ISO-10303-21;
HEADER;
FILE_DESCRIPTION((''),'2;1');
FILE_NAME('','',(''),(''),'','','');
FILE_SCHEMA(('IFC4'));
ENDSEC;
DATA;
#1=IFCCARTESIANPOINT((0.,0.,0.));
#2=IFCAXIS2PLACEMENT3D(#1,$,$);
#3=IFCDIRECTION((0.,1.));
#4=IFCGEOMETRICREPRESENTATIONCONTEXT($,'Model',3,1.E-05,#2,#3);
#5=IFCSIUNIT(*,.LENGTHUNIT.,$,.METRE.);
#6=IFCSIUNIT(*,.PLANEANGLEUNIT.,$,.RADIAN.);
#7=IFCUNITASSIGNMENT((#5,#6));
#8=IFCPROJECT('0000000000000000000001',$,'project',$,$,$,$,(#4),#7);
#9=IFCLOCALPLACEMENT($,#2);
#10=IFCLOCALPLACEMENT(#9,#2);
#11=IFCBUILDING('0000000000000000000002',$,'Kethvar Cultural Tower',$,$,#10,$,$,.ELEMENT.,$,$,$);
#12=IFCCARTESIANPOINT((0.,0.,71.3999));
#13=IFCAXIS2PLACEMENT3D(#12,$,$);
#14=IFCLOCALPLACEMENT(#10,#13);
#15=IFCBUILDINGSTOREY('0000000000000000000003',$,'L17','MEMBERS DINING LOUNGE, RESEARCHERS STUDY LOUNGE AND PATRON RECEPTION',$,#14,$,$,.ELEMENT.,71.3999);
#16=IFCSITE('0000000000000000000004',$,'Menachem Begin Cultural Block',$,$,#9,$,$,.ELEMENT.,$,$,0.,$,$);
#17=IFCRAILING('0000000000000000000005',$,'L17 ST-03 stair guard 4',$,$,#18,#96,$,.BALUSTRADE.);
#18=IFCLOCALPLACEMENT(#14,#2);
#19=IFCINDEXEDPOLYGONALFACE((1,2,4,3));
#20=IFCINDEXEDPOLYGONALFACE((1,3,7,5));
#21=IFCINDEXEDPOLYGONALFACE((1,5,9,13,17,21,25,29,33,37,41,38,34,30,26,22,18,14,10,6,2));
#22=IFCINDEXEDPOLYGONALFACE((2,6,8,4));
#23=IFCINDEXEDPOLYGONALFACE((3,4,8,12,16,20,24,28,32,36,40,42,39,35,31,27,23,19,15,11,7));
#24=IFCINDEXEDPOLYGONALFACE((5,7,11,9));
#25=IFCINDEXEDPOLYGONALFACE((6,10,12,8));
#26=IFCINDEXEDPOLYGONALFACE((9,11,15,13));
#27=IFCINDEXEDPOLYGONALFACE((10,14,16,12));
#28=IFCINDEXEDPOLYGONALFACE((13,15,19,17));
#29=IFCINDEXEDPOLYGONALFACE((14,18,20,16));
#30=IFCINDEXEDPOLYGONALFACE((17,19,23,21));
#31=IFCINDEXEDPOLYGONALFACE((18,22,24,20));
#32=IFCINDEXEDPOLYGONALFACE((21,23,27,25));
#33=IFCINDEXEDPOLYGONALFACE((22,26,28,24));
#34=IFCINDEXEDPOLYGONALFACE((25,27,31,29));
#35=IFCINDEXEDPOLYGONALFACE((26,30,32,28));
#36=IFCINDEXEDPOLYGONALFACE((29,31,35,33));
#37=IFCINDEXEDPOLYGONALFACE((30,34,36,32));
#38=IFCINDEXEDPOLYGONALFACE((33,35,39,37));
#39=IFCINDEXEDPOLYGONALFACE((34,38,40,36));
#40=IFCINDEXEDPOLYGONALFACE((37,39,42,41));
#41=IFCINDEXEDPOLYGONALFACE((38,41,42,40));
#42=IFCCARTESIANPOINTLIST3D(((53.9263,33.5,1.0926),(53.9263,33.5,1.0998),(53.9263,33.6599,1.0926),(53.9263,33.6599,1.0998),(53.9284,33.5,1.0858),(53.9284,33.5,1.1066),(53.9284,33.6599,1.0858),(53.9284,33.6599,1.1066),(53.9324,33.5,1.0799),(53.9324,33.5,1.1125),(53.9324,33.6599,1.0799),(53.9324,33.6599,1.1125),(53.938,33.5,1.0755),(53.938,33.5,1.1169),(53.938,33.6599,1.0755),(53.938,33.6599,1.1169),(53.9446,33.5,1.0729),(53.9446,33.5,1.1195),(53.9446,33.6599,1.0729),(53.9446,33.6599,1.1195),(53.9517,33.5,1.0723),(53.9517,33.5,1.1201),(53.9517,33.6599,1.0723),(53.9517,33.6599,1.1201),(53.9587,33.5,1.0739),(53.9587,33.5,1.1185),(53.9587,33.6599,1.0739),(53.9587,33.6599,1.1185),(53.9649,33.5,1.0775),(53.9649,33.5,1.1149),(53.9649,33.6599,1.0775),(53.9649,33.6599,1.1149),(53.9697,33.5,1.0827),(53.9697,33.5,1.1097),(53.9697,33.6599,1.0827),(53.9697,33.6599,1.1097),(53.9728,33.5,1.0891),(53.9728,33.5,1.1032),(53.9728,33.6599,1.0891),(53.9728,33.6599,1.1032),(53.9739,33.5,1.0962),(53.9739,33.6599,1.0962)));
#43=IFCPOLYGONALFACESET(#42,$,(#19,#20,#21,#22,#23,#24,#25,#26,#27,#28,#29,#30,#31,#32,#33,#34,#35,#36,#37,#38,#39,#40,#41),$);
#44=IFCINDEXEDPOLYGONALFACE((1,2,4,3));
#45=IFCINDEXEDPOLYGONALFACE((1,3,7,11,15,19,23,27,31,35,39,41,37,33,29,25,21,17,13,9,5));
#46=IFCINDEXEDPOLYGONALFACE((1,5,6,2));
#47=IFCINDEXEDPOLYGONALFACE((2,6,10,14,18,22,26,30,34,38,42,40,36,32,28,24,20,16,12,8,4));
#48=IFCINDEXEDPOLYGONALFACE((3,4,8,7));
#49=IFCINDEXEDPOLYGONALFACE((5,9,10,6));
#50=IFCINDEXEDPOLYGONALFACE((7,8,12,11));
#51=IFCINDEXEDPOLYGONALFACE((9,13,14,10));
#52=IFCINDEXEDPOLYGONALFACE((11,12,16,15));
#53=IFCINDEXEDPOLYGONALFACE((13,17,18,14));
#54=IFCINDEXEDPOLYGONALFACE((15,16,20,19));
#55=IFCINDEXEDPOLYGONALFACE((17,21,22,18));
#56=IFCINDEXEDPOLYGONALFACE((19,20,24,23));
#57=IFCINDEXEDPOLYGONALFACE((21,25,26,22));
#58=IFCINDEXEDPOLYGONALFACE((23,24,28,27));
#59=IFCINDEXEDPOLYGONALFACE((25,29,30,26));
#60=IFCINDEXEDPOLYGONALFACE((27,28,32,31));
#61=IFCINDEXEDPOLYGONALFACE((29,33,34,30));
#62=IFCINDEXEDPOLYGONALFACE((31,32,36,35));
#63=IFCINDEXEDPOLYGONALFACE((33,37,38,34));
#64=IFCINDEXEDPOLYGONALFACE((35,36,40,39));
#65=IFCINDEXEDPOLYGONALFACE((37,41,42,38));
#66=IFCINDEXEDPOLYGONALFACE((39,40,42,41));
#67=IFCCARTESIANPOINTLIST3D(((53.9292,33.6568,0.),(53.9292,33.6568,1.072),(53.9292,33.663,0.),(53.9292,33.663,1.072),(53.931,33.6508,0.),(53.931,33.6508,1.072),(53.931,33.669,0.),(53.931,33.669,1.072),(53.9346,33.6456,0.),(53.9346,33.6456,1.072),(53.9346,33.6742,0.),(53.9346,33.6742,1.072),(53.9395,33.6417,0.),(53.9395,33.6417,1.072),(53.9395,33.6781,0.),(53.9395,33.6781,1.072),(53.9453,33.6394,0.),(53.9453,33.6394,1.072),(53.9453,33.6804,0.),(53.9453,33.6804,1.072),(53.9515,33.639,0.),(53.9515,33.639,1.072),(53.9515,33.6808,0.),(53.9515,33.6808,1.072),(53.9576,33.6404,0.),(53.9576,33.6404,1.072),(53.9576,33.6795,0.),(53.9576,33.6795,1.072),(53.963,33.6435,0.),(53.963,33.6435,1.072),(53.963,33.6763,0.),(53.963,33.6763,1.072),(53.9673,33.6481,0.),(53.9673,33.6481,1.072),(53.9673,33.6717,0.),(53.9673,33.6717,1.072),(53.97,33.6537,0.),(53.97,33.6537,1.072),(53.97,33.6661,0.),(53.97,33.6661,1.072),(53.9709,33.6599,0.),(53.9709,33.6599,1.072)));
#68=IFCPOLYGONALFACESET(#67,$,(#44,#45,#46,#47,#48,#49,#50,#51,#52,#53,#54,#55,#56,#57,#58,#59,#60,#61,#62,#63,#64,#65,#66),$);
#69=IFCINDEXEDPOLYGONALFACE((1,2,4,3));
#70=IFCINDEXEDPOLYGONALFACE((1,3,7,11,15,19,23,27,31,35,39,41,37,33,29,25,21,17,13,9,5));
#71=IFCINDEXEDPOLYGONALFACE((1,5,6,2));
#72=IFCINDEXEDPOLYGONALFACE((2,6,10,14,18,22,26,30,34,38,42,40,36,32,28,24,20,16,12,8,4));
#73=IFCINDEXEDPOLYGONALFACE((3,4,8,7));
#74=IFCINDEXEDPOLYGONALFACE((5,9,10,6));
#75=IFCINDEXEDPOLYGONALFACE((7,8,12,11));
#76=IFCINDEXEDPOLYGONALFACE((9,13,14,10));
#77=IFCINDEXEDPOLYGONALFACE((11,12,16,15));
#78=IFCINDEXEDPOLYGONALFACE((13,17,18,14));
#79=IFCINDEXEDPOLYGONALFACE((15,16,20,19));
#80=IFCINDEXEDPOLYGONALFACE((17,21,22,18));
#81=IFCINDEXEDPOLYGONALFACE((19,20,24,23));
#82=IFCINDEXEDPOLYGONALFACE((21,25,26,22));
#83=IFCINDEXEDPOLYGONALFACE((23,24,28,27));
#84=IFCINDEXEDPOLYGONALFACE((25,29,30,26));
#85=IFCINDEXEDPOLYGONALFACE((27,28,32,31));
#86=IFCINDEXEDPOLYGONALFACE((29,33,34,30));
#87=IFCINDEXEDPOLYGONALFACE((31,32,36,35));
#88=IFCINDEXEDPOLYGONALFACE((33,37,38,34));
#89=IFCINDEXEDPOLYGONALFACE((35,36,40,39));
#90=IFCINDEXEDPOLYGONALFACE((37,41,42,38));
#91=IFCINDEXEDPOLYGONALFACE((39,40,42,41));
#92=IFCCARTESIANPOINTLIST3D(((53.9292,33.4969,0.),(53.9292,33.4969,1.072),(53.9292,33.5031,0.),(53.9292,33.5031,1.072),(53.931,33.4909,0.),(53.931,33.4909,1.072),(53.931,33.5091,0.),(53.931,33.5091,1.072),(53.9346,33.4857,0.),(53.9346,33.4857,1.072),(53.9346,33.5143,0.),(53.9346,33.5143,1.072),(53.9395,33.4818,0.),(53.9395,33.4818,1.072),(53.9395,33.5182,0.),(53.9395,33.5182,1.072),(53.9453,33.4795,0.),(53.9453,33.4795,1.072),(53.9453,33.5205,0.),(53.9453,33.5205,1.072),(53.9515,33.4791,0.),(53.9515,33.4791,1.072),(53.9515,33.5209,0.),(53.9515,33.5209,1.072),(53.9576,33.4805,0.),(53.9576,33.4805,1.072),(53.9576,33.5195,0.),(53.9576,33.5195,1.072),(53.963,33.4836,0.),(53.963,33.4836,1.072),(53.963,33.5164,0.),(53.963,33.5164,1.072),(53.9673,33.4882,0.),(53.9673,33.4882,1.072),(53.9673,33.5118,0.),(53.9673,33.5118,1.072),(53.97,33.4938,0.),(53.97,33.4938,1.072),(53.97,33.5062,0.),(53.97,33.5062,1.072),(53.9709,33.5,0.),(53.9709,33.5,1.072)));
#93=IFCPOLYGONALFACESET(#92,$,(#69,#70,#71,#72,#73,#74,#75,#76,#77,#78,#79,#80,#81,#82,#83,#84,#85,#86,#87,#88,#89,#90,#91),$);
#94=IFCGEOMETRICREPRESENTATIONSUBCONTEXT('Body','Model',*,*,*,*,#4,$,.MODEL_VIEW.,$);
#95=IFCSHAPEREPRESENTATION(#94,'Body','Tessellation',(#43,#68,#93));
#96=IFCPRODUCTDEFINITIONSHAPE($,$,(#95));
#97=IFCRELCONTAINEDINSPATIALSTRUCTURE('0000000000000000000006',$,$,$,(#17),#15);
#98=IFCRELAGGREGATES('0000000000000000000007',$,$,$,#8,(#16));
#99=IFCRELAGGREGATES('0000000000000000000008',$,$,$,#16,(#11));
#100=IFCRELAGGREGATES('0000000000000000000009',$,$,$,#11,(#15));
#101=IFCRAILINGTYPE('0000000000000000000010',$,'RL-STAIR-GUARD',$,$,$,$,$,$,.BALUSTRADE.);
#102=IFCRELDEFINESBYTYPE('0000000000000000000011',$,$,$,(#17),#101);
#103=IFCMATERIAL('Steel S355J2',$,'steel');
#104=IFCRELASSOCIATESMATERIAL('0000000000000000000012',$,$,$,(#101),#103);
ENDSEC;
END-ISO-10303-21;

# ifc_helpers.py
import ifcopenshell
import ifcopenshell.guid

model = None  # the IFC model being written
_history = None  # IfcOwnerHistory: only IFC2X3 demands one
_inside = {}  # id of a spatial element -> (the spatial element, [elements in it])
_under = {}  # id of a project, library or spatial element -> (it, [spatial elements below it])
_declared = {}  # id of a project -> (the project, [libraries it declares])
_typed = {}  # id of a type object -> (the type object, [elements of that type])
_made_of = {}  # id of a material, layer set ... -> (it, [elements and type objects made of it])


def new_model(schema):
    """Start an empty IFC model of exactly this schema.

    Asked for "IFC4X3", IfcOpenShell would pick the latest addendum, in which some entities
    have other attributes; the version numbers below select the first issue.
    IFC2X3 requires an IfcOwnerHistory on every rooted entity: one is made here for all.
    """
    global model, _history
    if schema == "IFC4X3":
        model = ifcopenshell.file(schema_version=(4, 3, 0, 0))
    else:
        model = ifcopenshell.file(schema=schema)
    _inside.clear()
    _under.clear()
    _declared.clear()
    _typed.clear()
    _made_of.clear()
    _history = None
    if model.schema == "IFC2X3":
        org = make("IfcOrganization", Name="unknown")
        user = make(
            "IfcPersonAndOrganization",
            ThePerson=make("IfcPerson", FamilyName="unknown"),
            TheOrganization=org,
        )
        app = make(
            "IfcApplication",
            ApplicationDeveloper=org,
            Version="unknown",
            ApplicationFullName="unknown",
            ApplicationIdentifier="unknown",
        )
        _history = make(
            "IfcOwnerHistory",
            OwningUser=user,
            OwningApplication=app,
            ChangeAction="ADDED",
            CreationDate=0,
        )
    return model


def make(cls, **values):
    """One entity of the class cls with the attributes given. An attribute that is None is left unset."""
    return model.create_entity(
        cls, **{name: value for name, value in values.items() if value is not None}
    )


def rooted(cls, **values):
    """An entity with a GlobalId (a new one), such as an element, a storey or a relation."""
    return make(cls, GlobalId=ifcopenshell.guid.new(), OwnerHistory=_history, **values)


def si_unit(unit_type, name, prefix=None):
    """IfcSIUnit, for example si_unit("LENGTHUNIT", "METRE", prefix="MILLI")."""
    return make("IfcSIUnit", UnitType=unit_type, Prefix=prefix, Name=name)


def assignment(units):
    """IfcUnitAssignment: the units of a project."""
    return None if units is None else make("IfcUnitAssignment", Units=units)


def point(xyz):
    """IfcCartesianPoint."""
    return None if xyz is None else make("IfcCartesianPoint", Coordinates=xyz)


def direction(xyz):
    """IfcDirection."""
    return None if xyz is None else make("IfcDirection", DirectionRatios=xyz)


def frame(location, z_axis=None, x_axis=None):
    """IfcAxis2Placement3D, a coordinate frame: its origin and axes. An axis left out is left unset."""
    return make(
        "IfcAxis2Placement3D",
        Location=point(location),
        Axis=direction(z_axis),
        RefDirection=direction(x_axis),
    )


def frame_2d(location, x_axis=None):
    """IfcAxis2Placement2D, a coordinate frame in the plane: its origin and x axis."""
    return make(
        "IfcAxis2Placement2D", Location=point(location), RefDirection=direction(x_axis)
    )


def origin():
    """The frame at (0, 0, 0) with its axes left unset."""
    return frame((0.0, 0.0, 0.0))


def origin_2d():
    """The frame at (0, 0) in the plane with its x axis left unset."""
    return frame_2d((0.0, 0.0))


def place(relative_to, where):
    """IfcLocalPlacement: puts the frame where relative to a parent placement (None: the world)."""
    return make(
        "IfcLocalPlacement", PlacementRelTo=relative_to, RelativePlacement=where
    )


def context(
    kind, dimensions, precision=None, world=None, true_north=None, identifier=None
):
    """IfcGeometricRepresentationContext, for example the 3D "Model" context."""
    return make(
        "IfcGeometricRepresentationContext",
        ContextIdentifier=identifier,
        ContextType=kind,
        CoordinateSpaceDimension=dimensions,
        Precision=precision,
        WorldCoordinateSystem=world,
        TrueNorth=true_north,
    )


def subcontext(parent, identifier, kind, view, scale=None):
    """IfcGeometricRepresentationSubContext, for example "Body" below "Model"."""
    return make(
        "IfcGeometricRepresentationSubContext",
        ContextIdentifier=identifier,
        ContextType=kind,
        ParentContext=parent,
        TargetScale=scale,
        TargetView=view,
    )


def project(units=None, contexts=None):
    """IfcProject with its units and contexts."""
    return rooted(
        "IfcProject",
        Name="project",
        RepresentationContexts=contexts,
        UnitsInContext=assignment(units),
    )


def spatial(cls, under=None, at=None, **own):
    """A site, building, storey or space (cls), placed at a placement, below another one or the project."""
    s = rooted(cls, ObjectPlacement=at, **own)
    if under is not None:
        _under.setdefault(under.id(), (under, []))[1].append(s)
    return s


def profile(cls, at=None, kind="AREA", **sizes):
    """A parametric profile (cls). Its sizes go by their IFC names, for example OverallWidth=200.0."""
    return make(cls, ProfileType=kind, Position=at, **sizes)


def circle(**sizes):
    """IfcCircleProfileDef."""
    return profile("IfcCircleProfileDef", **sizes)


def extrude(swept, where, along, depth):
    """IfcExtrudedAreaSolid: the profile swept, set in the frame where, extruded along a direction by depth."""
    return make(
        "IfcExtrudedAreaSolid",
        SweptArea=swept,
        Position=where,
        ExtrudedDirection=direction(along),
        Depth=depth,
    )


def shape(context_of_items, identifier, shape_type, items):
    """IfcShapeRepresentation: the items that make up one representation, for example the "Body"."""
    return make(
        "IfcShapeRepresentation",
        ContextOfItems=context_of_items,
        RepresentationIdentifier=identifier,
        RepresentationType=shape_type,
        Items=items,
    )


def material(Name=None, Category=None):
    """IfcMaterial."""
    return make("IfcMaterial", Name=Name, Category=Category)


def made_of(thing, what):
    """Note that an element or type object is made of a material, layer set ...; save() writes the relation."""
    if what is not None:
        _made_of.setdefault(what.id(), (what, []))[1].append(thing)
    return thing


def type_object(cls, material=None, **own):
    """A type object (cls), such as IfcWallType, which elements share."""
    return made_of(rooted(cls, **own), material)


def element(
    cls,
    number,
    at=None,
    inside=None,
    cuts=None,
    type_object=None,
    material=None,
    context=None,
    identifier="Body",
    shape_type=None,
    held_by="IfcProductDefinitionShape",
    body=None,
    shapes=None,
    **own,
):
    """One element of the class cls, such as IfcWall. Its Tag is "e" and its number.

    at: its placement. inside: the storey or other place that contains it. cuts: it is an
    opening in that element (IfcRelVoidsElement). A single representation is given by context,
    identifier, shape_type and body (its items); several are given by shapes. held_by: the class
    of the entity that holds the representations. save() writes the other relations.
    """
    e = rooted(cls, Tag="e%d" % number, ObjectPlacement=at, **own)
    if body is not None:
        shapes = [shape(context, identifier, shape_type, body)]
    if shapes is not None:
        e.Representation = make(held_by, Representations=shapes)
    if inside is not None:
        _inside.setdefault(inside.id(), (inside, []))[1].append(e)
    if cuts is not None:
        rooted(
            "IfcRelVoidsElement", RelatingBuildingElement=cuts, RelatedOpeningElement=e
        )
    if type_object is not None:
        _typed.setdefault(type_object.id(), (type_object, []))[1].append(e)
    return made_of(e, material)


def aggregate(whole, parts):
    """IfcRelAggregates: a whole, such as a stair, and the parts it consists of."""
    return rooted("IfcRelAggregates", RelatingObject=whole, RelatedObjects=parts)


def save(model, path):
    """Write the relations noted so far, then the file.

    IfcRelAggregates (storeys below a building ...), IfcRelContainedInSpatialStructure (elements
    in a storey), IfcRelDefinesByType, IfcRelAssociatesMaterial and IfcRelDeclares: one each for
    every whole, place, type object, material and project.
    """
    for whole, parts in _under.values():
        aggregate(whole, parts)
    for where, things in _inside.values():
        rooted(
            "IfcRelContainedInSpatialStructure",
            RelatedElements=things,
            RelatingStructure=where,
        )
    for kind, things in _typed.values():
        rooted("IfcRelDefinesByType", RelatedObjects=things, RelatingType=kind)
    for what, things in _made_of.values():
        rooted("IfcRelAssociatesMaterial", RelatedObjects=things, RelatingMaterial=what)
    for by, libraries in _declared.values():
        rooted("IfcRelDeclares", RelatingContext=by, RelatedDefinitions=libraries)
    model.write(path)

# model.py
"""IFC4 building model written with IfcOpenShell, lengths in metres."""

from ifc_helpers import new_model, si_unit, direction, frame, origin, origin_2d, place, context, subcontext, project, spatial, circle, extrude, material, type_object, element, save


model = new_model("IFC4")

# Units and contexts
model_context = context("Model", 3, precision=1e-05, world=origin(), true_north=direction((0.0, 1.0)))
body_context = subcontext(model_context, "Body", "Model", "MODEL_VIEW")
ifc_project = project(units=[si_unit("LENGTHUNIT", "METRE"), si_unit("PLANEANGLEUNIT", "RADIAN")], contexts=[model_context])

# Site, building, storey
site_placement = place(None, origin())
site = spatial("IfcSite", under=ifc_project, at=site_placement, Name="Menachem Begin Cultural Block", CompositionType="ELEMENT", RefElevation=0.0)
building_placement = place(site_placement, origin())
building = spatial("IfcBuilding", under=site, at=building_placement, Name="Kethvar Cultural Tower", CompositionType="ELEMENT")
storey_placement = place(building_placement, frame((0.0, 0.0, 71.3999)))
storey = spatial("IfcBuildingStorey", under=building, at=storey_placement, Name="L17", Description="MEMBERS DINING LOUNGE, RESEARCHERS STUDY LOUNGE AND PATRON RECEPTION", CompositionType="ELEMENT", Elevation=71.3999)

# Shared definitions
ifc_material_1 = material(Name="Steel S355J2", Category="steel")

# Railing
railing_type_1 = type_object("IfcRailingType", Name="RL-STAIR-GUARD", PredefinedType="BALUSTRADE", material=ifc_material_1)
railing_1_placement = place(storey_placement, frame((53.95, 33.6599, 0.0)))
element("IfcRailing", 1, at=railing_1_placement, inside=storey, type_object=railing_type_1, Name="L17 ST-03 stair guard 4", PredefinedType="BALUSTRADE", context=body_context, shape_type="SweptSolid", body=[
    extrude(circle(Radius=0.0239, at=origin_2d()), frame((0.0, 0.0, 1.0962), z_axis=(0.0, -1.0, 0.0), x_axis=(1.0, 0.0, 0.0)), (0.0, 0.0, 1.0), 0.1599),
    extrude(circle(Radius=0.021, at=origin_2d()), origin(), (0.0, 0.0, 1.0), 1.072),
    extrude(circle(Radius=0.021, at=origin_2d()), frame((0.0, -0.1599, 0.0)), (0.0, 0.0, 1.0), 1.072),
])

save(model, "model.ifc")
